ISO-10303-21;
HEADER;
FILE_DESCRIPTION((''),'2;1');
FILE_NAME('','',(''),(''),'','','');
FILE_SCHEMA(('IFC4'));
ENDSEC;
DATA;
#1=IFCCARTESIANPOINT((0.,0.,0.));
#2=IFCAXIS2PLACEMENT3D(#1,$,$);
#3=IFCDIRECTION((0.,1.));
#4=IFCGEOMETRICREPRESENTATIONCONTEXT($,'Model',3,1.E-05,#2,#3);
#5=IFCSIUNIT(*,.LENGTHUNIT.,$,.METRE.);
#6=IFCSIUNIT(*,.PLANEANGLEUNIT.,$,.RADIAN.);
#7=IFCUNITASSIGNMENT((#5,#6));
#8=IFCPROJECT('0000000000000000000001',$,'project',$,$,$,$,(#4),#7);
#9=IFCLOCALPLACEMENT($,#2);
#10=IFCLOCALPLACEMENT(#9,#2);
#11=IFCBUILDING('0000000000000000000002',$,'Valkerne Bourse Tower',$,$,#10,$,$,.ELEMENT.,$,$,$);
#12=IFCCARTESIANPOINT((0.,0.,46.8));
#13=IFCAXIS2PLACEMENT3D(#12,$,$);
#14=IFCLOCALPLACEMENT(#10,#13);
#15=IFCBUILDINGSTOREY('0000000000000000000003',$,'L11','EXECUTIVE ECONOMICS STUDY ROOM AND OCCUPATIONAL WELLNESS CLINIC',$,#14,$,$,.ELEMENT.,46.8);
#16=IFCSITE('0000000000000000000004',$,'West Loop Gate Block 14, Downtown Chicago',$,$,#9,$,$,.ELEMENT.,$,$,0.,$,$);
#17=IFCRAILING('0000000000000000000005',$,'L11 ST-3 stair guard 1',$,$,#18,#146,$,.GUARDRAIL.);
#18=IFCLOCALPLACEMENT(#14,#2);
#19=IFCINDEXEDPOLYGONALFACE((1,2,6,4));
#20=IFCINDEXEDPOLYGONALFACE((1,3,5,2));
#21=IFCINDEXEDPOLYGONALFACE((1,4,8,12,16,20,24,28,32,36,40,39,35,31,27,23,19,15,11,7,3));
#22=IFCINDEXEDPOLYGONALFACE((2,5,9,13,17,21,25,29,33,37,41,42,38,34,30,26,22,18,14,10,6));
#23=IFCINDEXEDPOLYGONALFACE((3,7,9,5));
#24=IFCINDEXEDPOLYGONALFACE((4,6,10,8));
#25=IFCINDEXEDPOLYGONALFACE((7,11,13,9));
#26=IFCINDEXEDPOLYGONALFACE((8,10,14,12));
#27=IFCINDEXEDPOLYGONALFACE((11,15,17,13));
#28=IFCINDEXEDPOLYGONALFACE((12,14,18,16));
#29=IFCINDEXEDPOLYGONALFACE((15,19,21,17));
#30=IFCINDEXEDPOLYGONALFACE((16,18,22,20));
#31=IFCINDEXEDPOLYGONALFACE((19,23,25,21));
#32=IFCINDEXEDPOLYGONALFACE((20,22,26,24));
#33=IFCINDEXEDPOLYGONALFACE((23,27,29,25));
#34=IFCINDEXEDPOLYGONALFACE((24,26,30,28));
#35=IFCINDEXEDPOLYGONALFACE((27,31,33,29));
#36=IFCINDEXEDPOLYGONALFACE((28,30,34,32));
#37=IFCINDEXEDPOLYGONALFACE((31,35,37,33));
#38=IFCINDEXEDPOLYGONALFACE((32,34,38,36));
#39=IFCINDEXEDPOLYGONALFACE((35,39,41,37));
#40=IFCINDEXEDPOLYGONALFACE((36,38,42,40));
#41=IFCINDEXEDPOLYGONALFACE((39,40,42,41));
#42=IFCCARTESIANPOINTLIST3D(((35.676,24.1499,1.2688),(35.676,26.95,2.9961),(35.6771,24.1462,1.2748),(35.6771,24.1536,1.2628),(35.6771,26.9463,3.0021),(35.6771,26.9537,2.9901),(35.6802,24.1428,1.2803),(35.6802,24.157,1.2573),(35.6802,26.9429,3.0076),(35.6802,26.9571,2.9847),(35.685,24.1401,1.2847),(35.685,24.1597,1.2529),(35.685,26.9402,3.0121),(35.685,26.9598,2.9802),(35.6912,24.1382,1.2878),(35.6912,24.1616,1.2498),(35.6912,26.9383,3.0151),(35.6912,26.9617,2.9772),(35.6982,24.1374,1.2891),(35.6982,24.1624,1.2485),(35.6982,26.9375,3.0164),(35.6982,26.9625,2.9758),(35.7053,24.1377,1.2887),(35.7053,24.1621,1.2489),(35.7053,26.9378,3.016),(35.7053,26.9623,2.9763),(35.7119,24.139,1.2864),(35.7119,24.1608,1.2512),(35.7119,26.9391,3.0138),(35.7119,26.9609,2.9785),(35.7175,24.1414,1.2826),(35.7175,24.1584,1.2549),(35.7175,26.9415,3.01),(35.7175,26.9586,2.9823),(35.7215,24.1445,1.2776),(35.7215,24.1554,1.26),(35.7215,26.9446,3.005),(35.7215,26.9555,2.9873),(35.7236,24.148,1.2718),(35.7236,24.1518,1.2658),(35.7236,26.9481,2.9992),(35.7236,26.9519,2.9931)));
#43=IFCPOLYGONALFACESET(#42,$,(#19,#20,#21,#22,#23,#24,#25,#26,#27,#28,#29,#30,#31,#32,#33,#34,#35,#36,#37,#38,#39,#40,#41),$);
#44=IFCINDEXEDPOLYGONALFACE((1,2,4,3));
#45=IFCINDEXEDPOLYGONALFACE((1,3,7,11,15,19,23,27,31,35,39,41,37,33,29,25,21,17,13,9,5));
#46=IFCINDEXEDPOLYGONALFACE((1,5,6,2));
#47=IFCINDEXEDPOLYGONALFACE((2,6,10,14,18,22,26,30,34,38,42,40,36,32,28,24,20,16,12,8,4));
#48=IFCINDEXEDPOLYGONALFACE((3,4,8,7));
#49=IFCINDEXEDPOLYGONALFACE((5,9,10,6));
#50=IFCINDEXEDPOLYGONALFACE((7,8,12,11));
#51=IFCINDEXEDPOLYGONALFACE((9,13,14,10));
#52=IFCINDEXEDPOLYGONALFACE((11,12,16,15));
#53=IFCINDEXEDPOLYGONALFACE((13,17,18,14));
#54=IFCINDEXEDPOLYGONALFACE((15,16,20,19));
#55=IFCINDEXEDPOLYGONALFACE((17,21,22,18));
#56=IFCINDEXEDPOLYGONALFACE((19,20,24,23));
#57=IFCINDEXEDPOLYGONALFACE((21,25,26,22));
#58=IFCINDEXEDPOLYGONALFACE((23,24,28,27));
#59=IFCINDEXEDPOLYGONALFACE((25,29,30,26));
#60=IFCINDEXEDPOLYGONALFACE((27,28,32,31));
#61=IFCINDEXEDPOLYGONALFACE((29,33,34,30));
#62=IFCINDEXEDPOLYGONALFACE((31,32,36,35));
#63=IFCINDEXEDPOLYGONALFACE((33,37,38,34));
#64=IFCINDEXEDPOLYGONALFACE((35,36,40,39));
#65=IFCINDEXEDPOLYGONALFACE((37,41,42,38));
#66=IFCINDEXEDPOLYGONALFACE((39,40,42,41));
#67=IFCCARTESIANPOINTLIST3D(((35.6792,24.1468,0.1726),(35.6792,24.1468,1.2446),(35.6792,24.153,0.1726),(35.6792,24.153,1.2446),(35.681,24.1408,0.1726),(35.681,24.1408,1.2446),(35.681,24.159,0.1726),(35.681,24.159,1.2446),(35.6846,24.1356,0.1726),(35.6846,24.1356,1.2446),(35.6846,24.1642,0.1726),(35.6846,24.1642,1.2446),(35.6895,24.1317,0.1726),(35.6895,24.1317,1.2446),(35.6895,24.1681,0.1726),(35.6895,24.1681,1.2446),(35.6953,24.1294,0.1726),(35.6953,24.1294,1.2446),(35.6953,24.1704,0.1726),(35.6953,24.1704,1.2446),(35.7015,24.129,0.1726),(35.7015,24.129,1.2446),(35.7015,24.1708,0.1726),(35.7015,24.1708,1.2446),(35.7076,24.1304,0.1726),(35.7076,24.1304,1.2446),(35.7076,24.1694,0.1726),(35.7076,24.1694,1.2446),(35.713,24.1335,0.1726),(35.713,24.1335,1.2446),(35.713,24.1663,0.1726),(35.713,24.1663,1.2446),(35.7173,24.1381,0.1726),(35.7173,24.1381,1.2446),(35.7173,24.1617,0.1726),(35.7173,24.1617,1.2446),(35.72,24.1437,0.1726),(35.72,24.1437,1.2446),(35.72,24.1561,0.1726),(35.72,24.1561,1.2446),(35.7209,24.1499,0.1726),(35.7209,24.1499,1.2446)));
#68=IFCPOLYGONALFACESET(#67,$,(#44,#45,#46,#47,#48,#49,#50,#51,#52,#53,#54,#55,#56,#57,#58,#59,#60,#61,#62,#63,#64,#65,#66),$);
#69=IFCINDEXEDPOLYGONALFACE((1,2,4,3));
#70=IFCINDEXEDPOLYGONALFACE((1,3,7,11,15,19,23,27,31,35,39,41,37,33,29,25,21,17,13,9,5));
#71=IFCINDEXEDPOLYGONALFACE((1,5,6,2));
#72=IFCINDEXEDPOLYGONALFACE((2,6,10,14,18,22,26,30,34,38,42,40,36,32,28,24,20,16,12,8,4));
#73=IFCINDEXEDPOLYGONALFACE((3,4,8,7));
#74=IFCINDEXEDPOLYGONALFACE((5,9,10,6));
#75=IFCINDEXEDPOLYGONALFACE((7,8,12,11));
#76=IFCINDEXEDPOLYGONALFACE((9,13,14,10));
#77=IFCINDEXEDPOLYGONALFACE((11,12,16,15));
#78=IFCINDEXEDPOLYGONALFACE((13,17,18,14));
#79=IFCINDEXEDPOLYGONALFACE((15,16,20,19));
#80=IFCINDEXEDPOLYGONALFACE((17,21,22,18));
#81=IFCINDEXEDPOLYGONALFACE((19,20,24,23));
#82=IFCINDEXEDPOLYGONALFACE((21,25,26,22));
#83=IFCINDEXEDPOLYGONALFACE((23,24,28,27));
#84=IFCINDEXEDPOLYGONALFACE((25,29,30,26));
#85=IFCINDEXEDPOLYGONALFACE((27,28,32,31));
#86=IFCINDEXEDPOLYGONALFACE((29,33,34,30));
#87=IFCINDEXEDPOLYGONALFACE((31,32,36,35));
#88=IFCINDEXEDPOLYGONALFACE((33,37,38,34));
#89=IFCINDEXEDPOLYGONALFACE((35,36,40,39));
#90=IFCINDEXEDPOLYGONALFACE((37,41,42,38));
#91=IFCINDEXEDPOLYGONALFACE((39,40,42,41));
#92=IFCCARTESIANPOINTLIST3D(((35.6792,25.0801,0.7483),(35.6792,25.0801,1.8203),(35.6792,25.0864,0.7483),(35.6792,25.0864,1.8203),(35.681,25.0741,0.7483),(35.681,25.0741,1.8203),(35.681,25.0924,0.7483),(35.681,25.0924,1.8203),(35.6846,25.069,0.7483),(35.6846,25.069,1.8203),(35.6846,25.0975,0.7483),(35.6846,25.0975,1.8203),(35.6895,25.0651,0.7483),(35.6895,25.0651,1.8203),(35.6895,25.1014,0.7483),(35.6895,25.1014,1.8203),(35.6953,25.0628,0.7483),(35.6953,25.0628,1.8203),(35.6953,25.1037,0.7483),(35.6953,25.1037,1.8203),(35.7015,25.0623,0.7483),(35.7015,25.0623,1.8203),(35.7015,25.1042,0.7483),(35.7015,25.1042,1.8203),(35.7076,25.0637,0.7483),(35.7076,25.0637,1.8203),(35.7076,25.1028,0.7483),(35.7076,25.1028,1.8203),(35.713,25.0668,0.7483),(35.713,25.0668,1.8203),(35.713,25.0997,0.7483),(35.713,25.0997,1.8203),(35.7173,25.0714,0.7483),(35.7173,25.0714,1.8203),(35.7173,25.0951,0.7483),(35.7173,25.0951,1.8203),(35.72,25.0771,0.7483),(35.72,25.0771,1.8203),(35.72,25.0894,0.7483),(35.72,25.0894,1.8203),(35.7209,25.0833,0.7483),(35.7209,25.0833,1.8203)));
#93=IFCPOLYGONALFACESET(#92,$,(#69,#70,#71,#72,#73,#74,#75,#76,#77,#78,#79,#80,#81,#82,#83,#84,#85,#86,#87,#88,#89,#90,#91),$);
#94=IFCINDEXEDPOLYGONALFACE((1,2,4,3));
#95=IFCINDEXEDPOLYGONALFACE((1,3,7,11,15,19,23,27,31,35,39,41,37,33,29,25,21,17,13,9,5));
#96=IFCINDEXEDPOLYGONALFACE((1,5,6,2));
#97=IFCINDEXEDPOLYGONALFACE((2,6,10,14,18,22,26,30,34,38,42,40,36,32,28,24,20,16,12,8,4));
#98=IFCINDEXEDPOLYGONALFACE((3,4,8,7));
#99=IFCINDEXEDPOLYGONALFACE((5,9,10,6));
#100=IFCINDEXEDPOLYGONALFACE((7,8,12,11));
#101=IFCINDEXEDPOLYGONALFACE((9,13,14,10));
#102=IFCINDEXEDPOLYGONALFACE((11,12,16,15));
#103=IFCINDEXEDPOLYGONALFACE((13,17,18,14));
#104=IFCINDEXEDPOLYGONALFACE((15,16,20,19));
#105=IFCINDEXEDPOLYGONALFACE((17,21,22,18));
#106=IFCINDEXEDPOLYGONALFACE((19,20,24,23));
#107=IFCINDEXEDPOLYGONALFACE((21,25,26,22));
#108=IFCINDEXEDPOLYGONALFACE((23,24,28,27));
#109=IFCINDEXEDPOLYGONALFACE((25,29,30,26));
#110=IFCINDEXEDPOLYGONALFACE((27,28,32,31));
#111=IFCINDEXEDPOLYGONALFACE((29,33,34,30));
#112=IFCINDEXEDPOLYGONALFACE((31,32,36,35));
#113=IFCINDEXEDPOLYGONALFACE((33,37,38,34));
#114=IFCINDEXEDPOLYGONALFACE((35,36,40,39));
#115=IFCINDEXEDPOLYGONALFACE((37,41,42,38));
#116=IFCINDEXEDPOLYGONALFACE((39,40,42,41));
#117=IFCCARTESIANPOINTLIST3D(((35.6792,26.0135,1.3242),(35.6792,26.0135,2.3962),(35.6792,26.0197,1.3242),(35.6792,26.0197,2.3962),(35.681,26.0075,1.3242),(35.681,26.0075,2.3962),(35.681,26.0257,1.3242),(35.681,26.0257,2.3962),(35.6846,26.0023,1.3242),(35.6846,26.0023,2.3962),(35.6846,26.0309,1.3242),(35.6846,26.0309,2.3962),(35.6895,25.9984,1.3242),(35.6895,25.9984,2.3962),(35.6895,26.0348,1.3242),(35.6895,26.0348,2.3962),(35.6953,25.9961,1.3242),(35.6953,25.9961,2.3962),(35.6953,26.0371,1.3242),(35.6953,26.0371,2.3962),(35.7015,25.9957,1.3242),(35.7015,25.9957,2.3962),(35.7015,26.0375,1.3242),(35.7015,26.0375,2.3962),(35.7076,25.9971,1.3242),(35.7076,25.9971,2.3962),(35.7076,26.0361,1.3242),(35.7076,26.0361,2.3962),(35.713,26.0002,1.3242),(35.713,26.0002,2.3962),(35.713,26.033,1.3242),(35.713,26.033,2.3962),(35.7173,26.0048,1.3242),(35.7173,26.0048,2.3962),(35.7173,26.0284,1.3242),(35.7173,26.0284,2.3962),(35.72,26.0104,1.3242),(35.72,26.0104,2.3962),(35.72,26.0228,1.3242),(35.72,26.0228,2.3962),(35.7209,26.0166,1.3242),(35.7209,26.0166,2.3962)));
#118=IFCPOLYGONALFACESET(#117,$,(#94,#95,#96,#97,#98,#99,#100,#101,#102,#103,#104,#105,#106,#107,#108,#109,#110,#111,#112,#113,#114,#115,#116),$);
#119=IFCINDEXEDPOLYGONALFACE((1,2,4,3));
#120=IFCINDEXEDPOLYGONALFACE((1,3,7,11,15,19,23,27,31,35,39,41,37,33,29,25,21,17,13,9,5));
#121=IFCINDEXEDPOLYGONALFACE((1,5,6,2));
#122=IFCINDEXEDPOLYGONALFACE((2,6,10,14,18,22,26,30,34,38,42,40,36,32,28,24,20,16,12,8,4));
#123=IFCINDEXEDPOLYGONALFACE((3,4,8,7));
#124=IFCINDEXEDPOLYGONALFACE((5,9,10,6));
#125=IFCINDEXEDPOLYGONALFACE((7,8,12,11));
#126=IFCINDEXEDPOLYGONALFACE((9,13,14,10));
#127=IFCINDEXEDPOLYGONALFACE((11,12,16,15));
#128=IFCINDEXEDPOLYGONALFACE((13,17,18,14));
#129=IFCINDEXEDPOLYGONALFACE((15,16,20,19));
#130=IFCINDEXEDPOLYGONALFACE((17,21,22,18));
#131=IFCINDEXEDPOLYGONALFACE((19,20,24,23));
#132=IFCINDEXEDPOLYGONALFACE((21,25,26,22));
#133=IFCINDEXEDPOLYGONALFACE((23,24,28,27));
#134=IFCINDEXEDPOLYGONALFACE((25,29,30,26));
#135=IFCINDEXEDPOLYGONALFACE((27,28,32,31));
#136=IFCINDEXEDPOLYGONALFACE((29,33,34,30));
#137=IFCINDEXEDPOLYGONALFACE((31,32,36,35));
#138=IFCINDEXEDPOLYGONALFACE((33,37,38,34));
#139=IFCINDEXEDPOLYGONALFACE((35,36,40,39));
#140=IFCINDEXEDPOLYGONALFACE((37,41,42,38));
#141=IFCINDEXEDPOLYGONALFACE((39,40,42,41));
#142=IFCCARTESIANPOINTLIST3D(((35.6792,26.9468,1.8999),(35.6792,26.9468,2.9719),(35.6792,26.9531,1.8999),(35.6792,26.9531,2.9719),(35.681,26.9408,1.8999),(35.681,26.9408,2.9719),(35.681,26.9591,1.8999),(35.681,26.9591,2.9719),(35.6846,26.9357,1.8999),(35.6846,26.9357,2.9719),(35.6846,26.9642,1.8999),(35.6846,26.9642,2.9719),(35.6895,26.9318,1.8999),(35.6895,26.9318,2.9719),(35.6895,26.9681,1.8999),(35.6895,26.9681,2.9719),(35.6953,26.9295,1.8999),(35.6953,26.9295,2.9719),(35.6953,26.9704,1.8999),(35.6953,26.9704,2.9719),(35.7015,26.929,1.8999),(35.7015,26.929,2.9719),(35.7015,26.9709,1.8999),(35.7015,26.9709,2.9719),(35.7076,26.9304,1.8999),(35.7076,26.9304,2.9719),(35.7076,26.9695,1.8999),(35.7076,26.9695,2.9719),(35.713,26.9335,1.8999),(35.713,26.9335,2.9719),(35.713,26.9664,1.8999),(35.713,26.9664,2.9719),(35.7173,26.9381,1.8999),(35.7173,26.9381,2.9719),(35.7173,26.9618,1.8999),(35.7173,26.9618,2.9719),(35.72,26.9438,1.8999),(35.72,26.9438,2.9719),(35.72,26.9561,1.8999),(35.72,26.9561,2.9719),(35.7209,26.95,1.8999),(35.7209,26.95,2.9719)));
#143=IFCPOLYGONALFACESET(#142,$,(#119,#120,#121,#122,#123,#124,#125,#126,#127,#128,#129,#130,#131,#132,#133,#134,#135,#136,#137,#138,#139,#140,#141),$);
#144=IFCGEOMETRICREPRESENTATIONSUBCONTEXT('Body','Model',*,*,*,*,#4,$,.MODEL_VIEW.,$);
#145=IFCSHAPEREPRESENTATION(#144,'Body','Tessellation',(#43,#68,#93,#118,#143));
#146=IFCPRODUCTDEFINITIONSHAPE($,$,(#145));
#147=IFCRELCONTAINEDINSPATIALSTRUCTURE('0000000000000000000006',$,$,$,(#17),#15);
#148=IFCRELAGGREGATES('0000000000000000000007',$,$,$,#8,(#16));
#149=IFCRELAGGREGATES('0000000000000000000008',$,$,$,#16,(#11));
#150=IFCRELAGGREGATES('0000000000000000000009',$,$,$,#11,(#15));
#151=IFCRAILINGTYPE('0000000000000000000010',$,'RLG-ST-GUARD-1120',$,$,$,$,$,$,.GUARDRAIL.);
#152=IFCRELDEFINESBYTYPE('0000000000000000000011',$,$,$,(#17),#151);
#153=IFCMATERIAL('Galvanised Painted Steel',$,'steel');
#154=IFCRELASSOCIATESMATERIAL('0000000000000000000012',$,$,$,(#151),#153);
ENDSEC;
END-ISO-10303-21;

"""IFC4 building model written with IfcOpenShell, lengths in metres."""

from ifc_helpers import new_model, si_unit, direction, frame, origin, origin_2d, place, context, subcontext, project, spatial, circle, extrude, material, type_object, element, save


model = new_model("IFC4")

# Units and contexts
model_context = context("Model", 3, precision=1e-05, world=origin(), true_north=direction((0.0, 1.0)))
body_context = subcontext(model_context, "Body", "Model", "MODEL_VIEW")
ifc_project = project(units=[si_unit("LENGTHUNIT", "METRE"), si_unit("PLANEANGLEUNIT", "RADIAN")], contexts=[model_context])

# Site, building, storey
site_placement = place(None, origin())
site = spatial("IfcSite", under=ifc_project, at=site_placement, Name="West Loop Gate Block 14, Downtown Chicago", CompositionType="ELEMENT", RefElevation=0.0)
building_placement = place(site_placement, origin())
building = spatial("IfcBuilding", under=site, at=building_placement, Name="Valkerne Bourse Tower", CompositionType="ELEMENT")
storey_placement = place(building_placement, frame((0.0, 0.0, 46.8)))
storey = spatial("IfcBuildingStorey", under=building, at=storey_placement, Name="L11", Description="EXECUTIVE ECONOMICS STUDY ROOM AND OCCUPATIONAL WELLNESS CLINIC", CompositionType="ELEMENT", Elevation=46.8)

# Shared definitions
ifc_material_1 = material(Name="Galvanised Painted Steel", Category="steel")

# Railing
railing_type_1 = type_object("IfcRailingType", Name="RLG-ST-GUARD-1120", PredefinedType="GUARDRAIL", material=ifc_material_1)
railing_1_placement = place(storey_placement, frame((35.7, 24.1499, 0.1726)))
element("IfcRailing", 1, at=railing_1_placement, inside=storey, type_object=railing_type_1, Name="L11 ST-3 stair guard 1", PredefinedType="GUARDRAIL", context=body_context, shape_type="SweptSolid", body=[
    extrude(circle(Radius=0.0239, at=origin_2d()), frame((0.0, 0.0, 1.0962), z_axis=(0.0, 0.85109, 0.52502), x_axis=(-1.0, 0.0, 0.0)), (0.0, 0.0, 1.0), 3.29),
    extrude(circle(Radius=0.021, at=origin_2d()), origin(), (0.0, 0.0, 1.0), 1.072),
    extrude(circle(Radius=0.021, at=origin_2d()), frame((0.0, 0.9333, 0.5757)), (0.0, 0.0, 1.0), 1.072),
    extrude(circle(Radius=0.021, at=origin_2d()), frame((0.0, 1.8667, 1.1516)), (0.0, 0.0, 1.0), 1.072),
    extrude(circle(Radius=0.021, at=origin_2d()), frame((0.0, 2.8, 1.7273)), (0.0, 0.0, 1.0), 1.072),
])

save(model, "model.ifc")
